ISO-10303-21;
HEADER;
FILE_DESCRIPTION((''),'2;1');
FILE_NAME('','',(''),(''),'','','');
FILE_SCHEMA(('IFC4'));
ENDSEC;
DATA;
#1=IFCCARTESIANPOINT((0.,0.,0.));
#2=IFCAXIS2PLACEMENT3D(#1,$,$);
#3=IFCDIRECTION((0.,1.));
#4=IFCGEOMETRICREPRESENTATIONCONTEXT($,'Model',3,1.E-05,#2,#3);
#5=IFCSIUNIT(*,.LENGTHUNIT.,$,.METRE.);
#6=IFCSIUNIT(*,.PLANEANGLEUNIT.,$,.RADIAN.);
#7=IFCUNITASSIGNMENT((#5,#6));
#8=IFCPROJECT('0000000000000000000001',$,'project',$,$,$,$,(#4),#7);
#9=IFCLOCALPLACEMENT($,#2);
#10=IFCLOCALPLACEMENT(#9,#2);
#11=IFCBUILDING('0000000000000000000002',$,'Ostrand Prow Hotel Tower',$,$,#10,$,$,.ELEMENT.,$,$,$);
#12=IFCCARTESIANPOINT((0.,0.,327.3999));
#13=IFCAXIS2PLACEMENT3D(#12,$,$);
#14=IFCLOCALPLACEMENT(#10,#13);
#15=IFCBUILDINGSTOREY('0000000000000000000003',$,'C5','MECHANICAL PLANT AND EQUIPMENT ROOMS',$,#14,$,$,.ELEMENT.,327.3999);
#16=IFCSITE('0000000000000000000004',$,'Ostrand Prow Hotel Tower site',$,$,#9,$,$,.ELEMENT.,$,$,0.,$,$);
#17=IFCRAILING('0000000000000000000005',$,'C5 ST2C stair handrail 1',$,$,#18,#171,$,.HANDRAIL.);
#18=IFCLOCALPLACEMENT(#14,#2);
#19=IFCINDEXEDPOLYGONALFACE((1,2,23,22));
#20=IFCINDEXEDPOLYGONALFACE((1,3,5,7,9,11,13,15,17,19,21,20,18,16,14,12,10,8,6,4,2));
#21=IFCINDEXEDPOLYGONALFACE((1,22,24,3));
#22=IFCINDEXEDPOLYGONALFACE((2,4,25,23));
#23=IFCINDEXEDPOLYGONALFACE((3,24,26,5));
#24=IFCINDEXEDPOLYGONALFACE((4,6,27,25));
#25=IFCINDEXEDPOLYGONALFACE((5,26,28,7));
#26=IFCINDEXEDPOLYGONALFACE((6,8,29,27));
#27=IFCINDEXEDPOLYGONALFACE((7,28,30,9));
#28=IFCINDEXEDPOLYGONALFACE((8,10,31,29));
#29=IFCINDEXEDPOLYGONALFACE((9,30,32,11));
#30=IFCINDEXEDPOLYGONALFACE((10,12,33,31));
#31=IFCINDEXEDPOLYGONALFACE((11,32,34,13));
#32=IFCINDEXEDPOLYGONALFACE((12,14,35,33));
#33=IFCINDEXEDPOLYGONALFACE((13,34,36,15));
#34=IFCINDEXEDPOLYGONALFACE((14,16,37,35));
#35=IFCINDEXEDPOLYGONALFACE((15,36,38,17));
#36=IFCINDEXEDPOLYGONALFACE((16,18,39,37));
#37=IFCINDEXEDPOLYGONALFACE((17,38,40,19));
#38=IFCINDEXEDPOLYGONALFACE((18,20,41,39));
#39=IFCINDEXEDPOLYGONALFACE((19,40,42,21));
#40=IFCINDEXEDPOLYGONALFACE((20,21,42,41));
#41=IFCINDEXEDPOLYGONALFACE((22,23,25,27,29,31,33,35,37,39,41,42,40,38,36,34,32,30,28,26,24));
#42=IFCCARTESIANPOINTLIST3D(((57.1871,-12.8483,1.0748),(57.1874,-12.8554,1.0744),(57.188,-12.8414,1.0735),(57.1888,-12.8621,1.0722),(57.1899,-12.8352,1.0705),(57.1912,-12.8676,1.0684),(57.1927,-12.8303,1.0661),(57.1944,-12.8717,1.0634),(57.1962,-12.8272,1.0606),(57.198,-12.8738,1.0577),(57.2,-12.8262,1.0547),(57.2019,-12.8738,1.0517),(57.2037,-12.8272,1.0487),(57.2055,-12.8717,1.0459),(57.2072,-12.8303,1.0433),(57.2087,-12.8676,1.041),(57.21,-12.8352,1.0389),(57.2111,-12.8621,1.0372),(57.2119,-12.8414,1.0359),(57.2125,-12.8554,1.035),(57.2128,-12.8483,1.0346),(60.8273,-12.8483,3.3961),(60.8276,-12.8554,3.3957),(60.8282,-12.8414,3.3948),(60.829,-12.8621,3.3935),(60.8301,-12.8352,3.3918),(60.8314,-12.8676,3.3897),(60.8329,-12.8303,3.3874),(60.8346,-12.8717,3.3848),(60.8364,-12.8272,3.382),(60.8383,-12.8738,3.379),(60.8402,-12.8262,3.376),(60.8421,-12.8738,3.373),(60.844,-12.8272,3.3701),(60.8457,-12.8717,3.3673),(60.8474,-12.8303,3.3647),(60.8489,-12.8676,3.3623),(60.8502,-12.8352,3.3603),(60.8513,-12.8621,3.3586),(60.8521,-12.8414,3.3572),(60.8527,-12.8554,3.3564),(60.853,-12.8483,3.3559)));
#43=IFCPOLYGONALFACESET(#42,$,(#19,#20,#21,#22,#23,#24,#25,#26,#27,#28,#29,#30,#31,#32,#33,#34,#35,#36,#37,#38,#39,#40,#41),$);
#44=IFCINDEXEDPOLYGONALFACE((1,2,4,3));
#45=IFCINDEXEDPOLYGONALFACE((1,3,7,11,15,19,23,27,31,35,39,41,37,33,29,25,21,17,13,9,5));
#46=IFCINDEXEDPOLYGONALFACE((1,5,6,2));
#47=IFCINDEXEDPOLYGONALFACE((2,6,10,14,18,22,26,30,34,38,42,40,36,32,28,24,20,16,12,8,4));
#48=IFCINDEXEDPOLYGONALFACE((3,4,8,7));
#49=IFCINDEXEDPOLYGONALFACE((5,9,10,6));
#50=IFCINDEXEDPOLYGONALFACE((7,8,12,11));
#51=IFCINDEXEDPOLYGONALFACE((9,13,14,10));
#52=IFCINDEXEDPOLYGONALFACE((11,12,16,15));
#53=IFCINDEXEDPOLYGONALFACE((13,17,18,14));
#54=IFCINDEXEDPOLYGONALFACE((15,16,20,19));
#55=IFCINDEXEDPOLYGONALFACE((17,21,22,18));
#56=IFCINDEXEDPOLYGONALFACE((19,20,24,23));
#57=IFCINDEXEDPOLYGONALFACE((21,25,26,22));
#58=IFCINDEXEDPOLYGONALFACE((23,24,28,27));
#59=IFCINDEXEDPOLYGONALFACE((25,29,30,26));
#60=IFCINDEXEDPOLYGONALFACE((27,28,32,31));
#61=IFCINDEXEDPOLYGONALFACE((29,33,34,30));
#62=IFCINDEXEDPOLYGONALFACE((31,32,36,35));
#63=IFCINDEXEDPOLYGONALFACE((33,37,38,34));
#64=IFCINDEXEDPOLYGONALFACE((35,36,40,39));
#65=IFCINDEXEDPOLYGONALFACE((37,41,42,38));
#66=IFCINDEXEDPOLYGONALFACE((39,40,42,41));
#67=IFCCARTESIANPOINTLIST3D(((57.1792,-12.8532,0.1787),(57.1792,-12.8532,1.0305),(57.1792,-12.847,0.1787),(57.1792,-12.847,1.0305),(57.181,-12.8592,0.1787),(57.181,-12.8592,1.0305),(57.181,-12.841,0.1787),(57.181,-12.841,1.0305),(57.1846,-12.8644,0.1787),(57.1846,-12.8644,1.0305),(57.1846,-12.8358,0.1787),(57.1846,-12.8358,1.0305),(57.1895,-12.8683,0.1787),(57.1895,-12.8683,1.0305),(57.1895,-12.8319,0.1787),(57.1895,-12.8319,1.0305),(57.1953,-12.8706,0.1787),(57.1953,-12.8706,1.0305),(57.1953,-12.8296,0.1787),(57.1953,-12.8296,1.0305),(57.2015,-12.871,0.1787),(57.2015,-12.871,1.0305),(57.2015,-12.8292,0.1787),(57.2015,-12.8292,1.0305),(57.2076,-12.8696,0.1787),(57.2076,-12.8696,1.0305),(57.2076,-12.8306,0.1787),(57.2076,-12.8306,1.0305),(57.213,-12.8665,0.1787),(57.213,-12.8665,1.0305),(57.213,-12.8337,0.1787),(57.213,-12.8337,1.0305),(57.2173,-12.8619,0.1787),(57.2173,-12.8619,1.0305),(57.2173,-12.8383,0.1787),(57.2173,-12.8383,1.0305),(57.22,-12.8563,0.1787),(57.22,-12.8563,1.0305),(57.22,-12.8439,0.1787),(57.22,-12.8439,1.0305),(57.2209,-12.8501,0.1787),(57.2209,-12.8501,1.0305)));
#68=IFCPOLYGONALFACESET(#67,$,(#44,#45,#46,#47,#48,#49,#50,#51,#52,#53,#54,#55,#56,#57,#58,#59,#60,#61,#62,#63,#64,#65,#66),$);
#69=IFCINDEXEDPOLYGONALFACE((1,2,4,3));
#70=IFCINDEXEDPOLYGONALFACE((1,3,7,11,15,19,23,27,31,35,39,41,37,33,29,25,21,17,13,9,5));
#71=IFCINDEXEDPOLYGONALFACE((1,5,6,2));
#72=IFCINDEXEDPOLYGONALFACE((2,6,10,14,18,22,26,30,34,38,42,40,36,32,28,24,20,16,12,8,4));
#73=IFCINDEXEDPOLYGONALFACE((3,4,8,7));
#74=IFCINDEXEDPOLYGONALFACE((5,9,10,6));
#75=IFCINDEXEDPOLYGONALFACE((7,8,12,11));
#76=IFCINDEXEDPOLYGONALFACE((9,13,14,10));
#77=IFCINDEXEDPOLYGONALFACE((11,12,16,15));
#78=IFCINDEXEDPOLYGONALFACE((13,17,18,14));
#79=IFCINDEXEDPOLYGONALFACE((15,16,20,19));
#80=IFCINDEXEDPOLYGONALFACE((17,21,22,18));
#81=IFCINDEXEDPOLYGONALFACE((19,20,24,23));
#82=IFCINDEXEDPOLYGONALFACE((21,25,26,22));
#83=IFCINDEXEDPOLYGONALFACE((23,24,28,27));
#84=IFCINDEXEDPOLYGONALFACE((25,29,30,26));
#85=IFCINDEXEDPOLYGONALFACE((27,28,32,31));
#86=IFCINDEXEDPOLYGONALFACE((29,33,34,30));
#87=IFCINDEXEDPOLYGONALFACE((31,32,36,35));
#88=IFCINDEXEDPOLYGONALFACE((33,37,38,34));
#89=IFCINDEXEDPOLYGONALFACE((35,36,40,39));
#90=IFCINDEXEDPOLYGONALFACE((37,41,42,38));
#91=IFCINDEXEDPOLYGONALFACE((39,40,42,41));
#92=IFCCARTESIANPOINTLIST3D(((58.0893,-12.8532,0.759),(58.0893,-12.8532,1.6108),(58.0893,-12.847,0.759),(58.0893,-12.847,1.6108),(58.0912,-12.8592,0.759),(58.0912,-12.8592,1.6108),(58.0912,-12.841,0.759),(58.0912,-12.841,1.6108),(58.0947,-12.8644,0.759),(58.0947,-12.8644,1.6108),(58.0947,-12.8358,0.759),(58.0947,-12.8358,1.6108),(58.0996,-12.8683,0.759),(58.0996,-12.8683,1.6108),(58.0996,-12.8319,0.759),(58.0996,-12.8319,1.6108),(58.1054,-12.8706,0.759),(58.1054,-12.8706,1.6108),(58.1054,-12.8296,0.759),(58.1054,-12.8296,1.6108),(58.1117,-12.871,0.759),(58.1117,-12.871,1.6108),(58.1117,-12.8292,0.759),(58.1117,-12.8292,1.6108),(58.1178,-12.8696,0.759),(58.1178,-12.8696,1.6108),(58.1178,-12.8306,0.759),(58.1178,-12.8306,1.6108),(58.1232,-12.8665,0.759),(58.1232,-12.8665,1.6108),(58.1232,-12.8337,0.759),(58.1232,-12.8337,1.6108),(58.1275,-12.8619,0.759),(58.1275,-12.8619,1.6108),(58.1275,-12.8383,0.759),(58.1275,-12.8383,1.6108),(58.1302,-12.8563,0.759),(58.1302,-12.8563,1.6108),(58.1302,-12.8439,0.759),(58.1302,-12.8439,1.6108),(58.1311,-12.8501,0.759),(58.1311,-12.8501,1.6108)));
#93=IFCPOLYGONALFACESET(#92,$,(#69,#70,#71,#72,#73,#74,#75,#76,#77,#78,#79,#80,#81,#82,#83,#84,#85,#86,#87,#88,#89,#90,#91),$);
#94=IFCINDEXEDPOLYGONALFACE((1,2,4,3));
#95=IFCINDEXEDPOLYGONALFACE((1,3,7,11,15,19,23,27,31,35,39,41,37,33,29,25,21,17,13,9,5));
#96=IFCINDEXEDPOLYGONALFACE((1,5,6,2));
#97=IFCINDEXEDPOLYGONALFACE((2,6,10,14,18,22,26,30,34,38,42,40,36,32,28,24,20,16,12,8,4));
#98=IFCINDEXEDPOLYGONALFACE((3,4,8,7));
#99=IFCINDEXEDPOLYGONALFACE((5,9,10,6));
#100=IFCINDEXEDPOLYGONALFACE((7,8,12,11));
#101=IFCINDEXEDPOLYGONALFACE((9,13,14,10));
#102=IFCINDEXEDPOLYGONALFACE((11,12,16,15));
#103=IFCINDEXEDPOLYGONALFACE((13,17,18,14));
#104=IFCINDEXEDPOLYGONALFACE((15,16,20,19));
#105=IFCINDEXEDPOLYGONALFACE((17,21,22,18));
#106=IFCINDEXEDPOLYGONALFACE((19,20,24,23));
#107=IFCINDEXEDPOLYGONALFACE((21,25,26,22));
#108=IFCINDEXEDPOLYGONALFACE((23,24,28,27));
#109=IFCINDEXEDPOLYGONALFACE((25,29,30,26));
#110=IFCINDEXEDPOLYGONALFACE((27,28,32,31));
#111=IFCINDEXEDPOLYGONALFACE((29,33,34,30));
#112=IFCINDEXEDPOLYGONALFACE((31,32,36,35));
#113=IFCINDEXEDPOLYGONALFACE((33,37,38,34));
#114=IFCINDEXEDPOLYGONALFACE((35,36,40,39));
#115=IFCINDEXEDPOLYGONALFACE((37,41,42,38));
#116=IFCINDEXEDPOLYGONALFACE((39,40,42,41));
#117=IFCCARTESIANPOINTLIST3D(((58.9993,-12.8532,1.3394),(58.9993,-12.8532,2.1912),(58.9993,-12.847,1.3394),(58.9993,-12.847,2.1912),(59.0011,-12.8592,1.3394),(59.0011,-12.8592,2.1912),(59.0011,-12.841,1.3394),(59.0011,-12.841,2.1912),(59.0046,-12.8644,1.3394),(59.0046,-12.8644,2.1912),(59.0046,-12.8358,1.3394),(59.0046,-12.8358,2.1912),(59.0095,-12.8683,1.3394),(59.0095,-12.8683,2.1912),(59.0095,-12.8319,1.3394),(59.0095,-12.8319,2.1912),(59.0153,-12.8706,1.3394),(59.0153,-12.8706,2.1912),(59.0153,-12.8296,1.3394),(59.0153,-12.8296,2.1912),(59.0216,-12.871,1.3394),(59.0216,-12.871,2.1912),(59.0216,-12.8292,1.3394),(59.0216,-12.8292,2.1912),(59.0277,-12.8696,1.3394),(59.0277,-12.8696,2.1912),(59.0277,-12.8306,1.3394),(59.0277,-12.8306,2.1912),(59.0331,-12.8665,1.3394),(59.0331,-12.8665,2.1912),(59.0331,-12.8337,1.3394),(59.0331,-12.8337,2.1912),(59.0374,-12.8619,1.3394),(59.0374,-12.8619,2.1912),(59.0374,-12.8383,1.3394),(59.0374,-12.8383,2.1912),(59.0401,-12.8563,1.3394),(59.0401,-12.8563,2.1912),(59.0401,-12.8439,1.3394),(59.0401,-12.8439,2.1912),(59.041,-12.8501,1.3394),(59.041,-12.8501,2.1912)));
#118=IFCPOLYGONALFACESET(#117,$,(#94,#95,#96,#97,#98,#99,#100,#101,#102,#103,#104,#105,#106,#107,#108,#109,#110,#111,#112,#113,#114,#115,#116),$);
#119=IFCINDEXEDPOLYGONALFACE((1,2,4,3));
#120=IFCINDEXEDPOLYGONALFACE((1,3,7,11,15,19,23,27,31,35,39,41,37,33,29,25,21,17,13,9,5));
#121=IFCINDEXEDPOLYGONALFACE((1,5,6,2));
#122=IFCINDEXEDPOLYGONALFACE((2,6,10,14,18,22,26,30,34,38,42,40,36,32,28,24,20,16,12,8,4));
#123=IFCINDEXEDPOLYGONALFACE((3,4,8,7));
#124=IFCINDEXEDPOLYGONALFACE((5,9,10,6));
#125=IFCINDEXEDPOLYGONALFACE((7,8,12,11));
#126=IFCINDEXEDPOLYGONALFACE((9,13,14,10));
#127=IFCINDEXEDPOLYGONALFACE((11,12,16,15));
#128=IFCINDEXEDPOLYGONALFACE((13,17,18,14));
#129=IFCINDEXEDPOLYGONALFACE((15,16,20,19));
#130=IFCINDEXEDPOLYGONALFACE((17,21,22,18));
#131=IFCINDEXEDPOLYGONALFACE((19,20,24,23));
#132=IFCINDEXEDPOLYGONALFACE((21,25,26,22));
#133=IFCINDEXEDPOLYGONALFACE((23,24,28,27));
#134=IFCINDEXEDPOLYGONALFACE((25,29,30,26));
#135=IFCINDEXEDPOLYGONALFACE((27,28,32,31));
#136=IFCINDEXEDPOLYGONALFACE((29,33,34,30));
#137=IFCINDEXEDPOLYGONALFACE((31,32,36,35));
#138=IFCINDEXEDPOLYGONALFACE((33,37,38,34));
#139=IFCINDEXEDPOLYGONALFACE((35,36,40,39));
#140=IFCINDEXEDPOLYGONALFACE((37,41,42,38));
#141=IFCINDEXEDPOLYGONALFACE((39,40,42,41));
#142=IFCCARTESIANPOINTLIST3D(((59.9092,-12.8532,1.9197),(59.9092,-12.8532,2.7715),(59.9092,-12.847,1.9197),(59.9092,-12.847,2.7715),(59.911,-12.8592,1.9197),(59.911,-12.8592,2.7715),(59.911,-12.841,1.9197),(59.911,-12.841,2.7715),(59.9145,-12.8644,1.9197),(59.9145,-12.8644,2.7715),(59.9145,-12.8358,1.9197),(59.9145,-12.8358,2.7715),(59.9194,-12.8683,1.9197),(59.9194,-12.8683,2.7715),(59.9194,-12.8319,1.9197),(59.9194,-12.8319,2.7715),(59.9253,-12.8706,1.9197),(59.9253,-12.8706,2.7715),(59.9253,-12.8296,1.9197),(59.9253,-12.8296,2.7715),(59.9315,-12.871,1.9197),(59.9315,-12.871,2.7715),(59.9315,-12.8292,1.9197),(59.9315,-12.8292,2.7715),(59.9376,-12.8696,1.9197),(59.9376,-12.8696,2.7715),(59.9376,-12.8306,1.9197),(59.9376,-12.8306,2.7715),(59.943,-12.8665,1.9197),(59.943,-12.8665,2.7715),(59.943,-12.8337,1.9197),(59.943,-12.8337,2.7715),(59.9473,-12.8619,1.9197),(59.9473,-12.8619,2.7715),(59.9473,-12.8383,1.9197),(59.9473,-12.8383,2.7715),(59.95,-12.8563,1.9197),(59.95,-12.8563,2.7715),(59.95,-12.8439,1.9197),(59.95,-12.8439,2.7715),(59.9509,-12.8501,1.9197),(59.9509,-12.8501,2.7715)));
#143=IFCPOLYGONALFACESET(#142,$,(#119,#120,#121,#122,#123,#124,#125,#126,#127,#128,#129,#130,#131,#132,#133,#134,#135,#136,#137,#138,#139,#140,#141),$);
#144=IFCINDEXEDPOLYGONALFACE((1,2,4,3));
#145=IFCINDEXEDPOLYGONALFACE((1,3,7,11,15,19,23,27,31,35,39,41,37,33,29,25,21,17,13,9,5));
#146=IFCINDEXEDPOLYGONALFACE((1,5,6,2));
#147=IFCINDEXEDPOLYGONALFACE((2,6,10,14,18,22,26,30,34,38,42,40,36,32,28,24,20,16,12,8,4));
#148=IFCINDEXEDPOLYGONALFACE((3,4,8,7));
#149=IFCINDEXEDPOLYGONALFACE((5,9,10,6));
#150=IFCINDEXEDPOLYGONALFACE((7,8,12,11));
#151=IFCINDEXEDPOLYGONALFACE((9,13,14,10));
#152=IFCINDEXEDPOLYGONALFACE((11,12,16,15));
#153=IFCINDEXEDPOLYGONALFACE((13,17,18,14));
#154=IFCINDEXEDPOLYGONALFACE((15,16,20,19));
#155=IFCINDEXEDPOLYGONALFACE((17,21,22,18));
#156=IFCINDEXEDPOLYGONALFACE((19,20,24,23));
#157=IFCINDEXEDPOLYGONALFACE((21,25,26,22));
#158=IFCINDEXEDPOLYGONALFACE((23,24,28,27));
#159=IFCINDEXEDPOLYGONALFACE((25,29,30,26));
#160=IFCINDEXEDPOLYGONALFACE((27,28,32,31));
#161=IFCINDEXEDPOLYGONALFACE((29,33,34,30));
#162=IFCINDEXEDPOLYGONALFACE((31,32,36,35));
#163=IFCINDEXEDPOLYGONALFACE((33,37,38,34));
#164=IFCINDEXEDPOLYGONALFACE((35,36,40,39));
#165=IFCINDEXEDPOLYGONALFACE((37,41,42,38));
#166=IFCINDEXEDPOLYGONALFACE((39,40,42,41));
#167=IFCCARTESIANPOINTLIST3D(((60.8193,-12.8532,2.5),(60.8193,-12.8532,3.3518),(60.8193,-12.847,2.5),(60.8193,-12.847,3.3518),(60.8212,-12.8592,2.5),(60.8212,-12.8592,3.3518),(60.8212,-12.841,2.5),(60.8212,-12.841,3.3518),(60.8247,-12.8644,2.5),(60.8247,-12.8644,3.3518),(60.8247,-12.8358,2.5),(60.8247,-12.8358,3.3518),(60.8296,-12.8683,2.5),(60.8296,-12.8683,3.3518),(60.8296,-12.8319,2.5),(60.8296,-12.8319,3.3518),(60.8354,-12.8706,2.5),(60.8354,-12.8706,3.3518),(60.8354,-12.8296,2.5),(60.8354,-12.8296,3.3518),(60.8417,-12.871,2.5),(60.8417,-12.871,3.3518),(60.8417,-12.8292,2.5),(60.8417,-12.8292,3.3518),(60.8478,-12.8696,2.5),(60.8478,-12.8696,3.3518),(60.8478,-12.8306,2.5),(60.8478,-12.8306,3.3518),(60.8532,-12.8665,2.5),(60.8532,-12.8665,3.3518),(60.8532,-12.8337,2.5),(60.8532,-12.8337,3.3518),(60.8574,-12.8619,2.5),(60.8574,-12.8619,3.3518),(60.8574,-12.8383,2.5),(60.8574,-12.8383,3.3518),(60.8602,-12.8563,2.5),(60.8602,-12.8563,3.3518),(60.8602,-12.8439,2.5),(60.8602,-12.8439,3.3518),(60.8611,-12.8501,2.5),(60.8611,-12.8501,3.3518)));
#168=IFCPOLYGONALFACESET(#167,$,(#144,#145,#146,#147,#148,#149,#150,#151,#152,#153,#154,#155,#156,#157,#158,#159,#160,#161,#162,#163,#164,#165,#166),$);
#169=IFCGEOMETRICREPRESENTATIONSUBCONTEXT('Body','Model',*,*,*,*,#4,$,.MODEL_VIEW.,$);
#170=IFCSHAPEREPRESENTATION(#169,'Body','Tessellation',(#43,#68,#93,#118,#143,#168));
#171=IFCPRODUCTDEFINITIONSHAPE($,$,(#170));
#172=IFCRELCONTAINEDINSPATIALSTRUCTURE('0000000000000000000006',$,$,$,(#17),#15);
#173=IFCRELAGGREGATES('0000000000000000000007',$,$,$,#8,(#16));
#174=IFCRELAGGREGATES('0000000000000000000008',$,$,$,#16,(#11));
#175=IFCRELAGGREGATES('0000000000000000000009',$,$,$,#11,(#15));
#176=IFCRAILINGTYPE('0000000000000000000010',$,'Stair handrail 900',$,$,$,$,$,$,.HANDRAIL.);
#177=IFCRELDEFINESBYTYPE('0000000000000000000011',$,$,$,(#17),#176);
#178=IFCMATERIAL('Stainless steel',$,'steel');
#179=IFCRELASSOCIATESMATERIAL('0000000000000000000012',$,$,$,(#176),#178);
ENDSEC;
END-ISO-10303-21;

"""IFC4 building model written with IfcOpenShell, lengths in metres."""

from ifc_helpers import new_model, si_unit, direction, frame, origin, origin_2d, place, context, subcontext, project, spatial, circle, extrude, material, type_object, element, save


model = new_model("IFC4")

# Units and contexts
model_context = context("Model", 3, precision=1e-05, world=origin(), true_north=direction((0.0, 1.0)))
body_context = subcontext(model_context, "Body", "Model", "MODEL_VIEW")
ifc_project = project(units=[si_unit("LENGTHUNIT", "METRE"), si_unit("PLANEANGLEUNIT", "RADIAN")], contexts=[model_context])

# Site, building, storey
site_placement = place(None, origin())
site = spatial("IfcSite", under=ifc_project, at=site_placement, Name="Ostrand Prow Hotel Tower site", CompositionType="ELEMENT", RefElevation=0.0)
building_placement = place(site_placement, origin())
building = spatial("IfcBuilding", under=site, at=building_placement, Name="Ostrand Prow Hotel Tower", CompositionType="ELEMENT")
storey_placement = place(building_placement, frame((0.0, 0.0, 327.3999)))
storey = spatial("IfcBuildingStorey", under=building, at=storey_placement, Name="C5", Description="MECHANICAL PLANT AND EQUIPMENT ROOMS", CompositionType="ELEMENT", Elevation=327.3999)

# Railing
ifc_material_1 = material(Name="Stainless steel", Category="steel")
railing_type_1 = type_object("IfcRailingType", Name="Stair handrail 900", PredefinedType="HANDRAIL", material=ifc_material_1)
railing_1_placement = place(storey_placement, frame((57.2, -12.8501, 0.1787)))
element("IfcRailing", 1, at=railing_1_placement, inside=storey, type_object=railing_type_1, Name="C5 ST2C stair handrail 1", PredefinedType="HANDRAIL", context=body_context, shape_type="SweptSolid", body=[
    extrude(circle(Radius=0.0239, at=origin_2d()), frame((0.0, 0.0, 0.876), z_axis=(0.843153, 0.0, 0.537673), x_axis=(0.0, 1.0, 0.0)), (0.0, 0.0, 1.0), 4.3174),
    extrude(circle(Radius=0.021, at=origin_2d()), origin(), (0.0, 0.0, 1.0), 0.8518),
    extrude(circle(Radius=0.021, at=origin_2d()), frame((0.9102, 0.0, 0.5803)), (0.0, 0.0, 1.0), 0.8518),
    extrude(circle(Radius=0.021, at=origin_2d()), frame((1.8201, 0.0, 1.1606)), (0.0, 0.0, 1.0), 0.8518),
    extrude(circle(Radius=0.021, at=origin_2d()), frame((2.73, 0.0, 1.741)), (0.0, 0.0, 1.0), 0.8518),
    extrude(circle(Radius=0.021, at=origin_2d()), frame((3.6401, 0.0, 2.3213)), (0.0, 0.0, 1.0), 0.8518),
])

save(model, "model.ifc")
